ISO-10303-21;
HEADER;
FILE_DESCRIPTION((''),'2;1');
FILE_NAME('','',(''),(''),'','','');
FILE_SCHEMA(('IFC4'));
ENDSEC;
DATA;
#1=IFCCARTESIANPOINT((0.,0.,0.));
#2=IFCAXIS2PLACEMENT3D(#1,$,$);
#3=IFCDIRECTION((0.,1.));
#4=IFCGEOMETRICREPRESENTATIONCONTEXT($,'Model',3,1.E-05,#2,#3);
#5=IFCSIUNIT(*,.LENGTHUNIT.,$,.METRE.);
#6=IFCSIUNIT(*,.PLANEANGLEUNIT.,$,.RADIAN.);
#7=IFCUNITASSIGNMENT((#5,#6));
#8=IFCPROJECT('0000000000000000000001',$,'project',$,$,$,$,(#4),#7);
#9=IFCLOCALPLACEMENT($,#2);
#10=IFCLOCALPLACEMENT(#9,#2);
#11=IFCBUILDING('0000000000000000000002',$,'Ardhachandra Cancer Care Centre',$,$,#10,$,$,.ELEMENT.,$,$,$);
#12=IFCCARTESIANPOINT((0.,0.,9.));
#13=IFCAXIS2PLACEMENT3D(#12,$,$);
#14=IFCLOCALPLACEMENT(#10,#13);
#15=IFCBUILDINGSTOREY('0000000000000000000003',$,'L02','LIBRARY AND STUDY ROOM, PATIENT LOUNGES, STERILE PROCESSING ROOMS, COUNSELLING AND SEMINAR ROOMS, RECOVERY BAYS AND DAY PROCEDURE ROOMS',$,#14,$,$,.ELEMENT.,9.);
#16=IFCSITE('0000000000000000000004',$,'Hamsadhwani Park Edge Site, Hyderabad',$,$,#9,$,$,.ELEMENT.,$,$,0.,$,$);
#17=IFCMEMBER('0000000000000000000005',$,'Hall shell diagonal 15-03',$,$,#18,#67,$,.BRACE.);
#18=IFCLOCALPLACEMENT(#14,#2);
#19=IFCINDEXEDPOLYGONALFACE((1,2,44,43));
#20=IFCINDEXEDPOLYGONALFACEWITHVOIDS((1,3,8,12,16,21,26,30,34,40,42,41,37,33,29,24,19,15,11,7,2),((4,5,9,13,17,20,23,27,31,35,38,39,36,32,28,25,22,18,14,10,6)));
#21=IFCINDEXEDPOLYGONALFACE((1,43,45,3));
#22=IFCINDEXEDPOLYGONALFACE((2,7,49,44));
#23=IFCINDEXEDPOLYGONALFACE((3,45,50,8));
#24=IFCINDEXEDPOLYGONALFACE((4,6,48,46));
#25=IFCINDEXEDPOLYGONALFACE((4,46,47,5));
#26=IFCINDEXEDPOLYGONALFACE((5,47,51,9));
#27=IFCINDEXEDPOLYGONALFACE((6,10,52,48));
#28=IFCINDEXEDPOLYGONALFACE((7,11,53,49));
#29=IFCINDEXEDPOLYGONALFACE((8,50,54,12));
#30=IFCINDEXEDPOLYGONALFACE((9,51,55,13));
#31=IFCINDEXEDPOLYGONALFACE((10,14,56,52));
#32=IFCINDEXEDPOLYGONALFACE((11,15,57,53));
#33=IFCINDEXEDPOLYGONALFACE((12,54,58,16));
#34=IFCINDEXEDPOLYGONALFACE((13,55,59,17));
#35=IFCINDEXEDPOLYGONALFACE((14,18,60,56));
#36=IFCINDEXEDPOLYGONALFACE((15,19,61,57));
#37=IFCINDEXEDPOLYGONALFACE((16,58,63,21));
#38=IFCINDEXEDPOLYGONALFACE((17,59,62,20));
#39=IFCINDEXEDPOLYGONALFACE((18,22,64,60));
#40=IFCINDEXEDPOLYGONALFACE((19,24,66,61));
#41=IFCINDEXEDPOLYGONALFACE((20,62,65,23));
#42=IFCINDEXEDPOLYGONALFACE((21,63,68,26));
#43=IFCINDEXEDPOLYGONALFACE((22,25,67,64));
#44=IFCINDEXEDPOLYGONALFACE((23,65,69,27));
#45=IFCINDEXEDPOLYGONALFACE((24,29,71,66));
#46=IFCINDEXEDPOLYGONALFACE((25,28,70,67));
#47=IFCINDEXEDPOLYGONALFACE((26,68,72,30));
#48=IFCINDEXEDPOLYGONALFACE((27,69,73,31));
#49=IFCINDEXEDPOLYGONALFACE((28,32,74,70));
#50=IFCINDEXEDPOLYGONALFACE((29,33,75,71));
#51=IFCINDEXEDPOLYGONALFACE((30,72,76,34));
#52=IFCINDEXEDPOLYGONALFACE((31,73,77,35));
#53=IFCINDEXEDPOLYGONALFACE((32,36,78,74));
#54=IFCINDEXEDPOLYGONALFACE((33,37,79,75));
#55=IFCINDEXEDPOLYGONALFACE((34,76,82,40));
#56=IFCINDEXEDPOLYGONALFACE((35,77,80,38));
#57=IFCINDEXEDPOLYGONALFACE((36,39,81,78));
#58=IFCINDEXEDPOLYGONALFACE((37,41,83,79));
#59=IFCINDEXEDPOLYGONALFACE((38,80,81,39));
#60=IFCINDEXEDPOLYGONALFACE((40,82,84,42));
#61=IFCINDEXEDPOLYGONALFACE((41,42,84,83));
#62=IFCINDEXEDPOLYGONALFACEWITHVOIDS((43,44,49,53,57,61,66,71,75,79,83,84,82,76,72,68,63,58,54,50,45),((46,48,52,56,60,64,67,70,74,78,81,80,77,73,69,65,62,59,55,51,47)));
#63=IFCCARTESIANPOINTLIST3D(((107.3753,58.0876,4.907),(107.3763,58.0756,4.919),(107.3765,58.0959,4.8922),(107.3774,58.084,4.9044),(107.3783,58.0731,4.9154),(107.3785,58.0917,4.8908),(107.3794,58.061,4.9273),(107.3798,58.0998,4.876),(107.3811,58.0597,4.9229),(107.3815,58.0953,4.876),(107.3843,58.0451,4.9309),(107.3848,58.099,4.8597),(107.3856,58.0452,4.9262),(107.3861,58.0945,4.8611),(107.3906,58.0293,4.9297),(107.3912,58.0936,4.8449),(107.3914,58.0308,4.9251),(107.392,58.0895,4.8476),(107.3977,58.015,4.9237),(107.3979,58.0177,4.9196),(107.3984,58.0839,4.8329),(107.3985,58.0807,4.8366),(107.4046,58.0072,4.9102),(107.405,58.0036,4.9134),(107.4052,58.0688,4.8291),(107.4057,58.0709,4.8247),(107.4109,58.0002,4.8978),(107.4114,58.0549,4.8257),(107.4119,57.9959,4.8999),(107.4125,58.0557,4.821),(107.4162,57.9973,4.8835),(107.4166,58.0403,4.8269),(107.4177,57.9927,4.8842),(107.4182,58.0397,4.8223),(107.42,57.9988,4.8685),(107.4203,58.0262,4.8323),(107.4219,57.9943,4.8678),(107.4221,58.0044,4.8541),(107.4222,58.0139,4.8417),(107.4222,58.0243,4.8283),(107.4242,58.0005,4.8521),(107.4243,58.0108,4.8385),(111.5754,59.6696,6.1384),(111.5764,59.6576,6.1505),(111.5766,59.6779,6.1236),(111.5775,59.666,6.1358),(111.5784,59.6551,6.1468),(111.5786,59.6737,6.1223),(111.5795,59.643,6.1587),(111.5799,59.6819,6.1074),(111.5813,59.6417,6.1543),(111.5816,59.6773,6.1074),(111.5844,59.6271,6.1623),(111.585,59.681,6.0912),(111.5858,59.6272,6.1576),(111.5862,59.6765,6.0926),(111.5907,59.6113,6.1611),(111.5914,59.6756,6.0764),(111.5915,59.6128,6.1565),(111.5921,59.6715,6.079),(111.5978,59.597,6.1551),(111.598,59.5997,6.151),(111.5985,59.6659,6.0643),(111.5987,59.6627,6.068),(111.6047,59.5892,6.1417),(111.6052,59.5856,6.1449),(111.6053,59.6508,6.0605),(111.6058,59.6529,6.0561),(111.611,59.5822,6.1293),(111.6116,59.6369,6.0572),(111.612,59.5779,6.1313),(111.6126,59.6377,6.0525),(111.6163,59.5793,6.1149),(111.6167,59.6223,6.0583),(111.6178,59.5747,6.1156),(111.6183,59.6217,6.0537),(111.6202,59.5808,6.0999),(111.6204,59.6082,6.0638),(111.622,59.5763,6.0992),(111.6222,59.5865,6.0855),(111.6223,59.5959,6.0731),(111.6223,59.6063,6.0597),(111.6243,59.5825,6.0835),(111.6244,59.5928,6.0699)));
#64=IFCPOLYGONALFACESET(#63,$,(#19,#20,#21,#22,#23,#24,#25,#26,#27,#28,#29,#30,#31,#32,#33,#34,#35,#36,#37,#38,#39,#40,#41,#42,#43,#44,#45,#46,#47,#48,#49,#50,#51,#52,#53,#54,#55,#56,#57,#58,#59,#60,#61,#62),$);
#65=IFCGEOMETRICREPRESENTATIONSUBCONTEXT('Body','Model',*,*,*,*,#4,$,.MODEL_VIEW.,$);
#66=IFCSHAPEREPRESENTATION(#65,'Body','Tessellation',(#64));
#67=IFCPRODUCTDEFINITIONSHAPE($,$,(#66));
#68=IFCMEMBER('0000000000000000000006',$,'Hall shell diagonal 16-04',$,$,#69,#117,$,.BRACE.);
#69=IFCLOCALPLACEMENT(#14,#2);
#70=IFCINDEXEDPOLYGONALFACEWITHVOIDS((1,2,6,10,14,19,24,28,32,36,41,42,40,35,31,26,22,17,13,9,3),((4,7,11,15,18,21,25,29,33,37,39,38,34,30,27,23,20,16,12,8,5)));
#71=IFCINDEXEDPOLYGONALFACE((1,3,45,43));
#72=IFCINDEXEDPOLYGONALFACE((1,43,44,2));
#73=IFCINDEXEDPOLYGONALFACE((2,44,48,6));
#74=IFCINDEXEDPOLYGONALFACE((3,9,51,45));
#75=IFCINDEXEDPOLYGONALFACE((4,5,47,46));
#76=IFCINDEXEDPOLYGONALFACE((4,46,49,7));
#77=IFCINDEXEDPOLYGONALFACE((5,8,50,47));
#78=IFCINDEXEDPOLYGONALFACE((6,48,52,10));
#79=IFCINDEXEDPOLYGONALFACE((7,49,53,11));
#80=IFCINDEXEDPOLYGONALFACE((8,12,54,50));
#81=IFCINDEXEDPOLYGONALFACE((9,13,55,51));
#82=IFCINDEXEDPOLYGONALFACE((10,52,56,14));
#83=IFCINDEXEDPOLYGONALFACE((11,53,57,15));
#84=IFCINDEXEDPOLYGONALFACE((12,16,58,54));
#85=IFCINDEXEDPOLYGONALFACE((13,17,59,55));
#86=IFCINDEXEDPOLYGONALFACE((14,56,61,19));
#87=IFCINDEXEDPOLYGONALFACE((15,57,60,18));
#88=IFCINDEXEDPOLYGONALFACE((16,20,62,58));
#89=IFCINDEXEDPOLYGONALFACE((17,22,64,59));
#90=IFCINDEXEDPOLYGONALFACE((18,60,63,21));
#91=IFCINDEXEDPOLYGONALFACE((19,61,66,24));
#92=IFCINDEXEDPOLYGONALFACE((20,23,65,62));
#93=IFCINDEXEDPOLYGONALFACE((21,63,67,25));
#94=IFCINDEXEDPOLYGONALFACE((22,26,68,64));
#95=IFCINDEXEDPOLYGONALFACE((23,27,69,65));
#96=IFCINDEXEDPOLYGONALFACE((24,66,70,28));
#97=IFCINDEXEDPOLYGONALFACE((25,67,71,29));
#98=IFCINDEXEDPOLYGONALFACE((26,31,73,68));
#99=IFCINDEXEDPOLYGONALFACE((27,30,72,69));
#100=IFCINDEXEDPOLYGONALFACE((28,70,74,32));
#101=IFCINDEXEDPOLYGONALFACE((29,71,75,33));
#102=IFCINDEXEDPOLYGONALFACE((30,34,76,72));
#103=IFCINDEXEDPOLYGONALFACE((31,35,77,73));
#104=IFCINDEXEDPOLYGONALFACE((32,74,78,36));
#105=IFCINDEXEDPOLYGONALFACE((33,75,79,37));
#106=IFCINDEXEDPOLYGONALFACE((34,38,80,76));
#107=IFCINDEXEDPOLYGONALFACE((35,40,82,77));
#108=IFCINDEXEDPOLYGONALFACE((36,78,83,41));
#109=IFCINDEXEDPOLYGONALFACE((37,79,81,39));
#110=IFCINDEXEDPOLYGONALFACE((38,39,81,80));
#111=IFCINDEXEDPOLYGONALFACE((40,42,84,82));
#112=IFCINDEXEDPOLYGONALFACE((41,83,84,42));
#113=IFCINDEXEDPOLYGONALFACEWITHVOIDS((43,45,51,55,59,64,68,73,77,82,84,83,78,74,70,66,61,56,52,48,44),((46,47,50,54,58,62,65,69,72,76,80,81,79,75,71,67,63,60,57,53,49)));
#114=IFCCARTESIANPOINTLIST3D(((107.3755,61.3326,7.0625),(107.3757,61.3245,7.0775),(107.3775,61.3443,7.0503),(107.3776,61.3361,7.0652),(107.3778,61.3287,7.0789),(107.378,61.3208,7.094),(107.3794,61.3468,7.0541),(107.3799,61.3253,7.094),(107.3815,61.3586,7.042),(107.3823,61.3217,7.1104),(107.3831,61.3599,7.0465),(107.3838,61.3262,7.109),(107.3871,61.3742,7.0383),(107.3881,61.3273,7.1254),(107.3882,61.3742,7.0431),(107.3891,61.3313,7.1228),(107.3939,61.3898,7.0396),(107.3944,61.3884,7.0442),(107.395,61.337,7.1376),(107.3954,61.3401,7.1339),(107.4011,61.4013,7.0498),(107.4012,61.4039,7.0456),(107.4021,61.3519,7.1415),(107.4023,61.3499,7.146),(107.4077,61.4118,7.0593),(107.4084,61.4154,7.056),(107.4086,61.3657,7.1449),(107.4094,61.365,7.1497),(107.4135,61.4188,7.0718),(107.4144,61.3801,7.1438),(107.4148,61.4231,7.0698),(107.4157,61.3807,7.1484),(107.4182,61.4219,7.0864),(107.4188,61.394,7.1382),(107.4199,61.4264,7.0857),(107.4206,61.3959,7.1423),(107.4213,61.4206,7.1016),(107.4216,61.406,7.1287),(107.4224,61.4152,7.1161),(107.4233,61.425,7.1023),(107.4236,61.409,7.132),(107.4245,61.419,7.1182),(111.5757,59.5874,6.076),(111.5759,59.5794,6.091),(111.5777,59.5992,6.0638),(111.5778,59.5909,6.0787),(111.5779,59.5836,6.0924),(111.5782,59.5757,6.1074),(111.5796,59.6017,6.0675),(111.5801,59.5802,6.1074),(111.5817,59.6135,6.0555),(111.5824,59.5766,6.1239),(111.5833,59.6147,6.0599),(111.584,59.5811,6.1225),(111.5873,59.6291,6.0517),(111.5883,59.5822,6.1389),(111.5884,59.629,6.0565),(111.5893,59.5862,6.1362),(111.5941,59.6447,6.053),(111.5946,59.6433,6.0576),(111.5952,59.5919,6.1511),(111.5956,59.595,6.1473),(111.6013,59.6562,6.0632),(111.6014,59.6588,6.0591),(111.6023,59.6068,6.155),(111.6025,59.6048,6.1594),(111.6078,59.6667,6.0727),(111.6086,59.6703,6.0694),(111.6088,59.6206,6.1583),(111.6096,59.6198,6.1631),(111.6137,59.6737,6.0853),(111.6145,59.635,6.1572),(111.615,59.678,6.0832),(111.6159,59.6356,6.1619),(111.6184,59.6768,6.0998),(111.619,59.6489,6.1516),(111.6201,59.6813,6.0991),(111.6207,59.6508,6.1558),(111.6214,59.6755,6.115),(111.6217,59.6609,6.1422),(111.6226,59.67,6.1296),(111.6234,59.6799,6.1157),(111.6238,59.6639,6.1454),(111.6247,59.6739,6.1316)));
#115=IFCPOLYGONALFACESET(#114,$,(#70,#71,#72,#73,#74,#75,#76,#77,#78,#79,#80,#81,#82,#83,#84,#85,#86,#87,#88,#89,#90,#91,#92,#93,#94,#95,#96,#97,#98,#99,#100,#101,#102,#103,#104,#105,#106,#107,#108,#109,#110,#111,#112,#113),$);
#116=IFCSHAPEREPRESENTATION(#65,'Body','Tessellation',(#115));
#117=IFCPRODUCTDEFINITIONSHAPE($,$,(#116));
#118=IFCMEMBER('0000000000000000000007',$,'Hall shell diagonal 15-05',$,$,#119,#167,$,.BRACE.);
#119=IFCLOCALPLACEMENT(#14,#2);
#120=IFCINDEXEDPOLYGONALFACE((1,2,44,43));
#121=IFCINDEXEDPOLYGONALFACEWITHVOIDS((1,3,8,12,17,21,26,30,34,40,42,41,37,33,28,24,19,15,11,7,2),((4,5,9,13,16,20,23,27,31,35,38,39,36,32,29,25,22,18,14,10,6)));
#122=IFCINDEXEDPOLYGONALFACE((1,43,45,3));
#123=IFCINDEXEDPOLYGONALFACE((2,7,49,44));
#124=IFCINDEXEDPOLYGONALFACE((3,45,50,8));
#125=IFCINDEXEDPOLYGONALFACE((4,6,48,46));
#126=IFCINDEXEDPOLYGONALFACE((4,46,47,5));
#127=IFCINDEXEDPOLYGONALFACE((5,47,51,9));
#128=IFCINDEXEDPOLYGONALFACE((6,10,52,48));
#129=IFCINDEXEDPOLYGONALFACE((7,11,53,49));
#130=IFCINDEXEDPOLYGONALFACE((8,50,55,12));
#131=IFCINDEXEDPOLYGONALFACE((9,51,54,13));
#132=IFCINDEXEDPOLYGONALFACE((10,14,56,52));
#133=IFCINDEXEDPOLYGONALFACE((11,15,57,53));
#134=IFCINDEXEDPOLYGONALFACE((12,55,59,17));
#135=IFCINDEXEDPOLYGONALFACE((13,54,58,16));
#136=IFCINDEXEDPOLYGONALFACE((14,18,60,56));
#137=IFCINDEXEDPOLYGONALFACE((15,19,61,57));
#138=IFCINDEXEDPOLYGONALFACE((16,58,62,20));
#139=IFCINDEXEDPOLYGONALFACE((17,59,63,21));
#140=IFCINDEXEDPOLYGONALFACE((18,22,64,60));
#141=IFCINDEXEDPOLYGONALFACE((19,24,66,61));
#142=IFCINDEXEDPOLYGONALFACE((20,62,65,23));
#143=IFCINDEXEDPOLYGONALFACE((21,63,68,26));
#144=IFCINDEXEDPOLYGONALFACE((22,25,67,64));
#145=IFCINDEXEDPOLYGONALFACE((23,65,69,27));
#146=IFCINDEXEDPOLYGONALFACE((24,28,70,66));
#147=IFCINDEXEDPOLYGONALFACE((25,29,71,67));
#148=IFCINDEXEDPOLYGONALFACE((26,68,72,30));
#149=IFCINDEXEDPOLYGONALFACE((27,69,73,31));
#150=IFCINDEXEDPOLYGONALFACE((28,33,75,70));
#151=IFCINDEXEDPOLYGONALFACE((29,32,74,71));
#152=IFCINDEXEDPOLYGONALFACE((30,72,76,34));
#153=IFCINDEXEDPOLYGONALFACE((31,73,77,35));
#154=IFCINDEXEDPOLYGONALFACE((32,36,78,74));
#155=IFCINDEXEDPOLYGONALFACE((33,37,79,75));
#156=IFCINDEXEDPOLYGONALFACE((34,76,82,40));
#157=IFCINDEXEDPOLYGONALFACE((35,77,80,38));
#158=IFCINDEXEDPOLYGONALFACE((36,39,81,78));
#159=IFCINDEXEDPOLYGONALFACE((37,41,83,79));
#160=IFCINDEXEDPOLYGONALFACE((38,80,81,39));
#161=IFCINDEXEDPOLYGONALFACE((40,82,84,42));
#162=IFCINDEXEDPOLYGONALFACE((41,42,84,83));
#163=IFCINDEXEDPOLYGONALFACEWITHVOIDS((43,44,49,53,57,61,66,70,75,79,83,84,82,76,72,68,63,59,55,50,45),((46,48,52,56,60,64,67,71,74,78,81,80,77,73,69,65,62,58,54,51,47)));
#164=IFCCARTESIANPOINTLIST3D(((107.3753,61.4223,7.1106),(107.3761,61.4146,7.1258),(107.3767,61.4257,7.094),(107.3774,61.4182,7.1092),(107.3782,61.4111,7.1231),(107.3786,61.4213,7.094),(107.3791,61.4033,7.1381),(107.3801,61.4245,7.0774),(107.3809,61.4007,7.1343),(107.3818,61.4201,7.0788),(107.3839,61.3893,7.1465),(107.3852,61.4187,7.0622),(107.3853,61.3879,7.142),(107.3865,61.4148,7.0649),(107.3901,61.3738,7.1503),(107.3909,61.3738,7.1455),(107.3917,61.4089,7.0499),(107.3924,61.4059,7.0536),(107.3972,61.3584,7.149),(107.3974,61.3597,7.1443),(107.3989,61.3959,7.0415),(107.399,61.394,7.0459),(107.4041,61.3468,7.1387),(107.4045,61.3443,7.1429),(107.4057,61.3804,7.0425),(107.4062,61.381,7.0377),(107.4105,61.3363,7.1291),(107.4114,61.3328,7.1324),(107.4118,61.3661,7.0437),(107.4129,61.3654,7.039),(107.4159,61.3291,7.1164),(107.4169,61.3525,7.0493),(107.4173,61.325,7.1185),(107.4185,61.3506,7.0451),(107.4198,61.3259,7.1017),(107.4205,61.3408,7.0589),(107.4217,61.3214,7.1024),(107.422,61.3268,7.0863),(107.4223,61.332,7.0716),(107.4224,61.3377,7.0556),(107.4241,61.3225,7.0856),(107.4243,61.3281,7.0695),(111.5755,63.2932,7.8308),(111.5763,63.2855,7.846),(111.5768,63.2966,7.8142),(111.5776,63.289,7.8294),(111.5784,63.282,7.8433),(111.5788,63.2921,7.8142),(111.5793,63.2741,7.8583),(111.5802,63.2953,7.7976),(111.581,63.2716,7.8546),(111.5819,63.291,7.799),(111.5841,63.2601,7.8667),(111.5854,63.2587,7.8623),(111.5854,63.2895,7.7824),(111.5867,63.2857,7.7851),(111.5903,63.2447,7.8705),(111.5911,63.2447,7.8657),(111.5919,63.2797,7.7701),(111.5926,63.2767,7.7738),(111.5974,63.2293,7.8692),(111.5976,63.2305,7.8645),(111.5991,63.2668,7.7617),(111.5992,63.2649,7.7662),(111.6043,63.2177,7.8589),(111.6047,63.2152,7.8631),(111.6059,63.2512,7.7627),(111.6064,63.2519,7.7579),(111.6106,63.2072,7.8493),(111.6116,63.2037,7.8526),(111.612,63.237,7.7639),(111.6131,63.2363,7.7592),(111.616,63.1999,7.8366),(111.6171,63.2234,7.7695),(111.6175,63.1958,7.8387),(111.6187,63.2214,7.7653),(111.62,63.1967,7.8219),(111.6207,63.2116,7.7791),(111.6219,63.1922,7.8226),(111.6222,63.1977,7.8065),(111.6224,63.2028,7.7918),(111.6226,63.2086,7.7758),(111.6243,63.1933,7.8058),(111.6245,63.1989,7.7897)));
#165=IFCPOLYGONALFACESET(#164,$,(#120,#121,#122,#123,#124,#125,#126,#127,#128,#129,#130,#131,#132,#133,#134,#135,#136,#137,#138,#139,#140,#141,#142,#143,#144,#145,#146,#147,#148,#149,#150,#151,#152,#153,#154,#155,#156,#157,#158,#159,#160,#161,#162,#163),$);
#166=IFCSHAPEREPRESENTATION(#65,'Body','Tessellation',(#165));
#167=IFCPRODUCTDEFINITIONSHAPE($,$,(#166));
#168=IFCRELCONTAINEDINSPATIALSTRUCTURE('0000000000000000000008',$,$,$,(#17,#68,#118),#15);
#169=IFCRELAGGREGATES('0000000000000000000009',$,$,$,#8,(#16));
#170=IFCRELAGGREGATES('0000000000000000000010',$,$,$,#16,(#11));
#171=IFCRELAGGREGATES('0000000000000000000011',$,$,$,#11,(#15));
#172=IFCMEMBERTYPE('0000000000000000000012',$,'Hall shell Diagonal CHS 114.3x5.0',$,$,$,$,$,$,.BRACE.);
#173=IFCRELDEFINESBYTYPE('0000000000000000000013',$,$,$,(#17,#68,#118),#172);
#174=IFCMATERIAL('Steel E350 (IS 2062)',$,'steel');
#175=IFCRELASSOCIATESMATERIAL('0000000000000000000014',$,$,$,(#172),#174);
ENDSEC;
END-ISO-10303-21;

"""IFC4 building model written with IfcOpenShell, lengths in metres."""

from ifc_helpers import new_model, si_unit, direction, frame, origin, origin_2d, place, context, subcontext, project, spatial, hollow_circle, extrude, material, material_profile, profile_set, type_object, element, save


model = new_model("IFC4")

# Units and contexts
model_context = context("Model", 3, precision=1e-05, world=origin(), true_north=direction((0.0, 1.0)))
body_context = subcontext(model_context, "Body", "Model", "MODEL_VIEW")
ifc_project = project(units=[si_unit("LENGTHUNIT", "METRE"), si_unit("PLANEANGLEUNIT", "RADIAN")], contexts=[model_context])

# Site, building, storey
site_placement = place(None, origin())
site = spatial("IfcSite", under=ifc_project, at=site_placement, Name="Hamsadhwani Park Edge Site, Hyderabad", CompositionType="ELEMENT", RefElevation=0.0)
building_placement = place(site_placement, origin())
building = spatial("IfcBuilding", under=site, at=building_placement, Name="Ardhachandra Cancer Care Centre", CompositionType="ELEMENT")
storey_placement = place(building_placement, frame((0.0, 0.0, 9.0)))
storey = spatial("IfcBuildingStorey", under=building, at=storey_placement, Name="L02", Description="LIBRARY AND STUDY ROOM, PATIENT LOUNGES, STERILE PROCESSING ROOMS, COUNSELLING AND SEMINAR ROOMS, RECOVERY BAYS AND DAY PROCEDURE ROOMS", CompositionType="ELEMENT", Elevation=9.0)

# Members
ifc_material_1 = material(Name="Steel E350 (IS 2062)", Category="steel")
ifc_material_profile_1 = material_profile(ifc_material_1, hollow_circle(Radius=0.0571, WallThickness=0.0049, at=origin_2d()), Name="CHS 114.3x5.0")
ifc_profile_set_1 = profile_set([ifc_material_profile_1], Name="Steel E350 (IS 2062)")
member_type_1 = type_object("IfcMemberType", Name="Hall shell Diagonal CHS 114.3x5.0", PredefinedType="BRACE", material=ifc_profile_set_1)
for number, where, z_axis, x_axis, name in (
    (1, (107.3999, 58.0464, 4.876), (0.902466, 0.33992, 0.264592), (-0.352482, 0.935819, 0.0), "Hall shell diagonal 15-03"),
    (2, (111.6001, 59.6284, 6.1074), (-0.902477, 0.374966, 0.21198), (-0.383685, -0.923464, 0.0), "Hall shell diagonal 16-04"),
    (3, (107.3999, 61.3735, 7.094), (0.902477, 0.401981, 0.154749), (-0.406882, 0.913481, 0.0), "Hall shell diagonal 15-05"),
):
    element("IfcMember", number, at=place(storey_placement, frame(where, z_axis=z_axis, x_axis=x_axis)), inside=storey, type_object=member_type_1, Name=name, PredefinedType="BRACE", context=body_context, shape_type="SweptSolid", body=[
        extrude(hollow_circle(Radius=0.0571, WallThickness=0.0049, at=origin_2d()), origin(), (0.0, 0.0, 1.0), 4.6541),
    ])

save(model, "model.ifc")
